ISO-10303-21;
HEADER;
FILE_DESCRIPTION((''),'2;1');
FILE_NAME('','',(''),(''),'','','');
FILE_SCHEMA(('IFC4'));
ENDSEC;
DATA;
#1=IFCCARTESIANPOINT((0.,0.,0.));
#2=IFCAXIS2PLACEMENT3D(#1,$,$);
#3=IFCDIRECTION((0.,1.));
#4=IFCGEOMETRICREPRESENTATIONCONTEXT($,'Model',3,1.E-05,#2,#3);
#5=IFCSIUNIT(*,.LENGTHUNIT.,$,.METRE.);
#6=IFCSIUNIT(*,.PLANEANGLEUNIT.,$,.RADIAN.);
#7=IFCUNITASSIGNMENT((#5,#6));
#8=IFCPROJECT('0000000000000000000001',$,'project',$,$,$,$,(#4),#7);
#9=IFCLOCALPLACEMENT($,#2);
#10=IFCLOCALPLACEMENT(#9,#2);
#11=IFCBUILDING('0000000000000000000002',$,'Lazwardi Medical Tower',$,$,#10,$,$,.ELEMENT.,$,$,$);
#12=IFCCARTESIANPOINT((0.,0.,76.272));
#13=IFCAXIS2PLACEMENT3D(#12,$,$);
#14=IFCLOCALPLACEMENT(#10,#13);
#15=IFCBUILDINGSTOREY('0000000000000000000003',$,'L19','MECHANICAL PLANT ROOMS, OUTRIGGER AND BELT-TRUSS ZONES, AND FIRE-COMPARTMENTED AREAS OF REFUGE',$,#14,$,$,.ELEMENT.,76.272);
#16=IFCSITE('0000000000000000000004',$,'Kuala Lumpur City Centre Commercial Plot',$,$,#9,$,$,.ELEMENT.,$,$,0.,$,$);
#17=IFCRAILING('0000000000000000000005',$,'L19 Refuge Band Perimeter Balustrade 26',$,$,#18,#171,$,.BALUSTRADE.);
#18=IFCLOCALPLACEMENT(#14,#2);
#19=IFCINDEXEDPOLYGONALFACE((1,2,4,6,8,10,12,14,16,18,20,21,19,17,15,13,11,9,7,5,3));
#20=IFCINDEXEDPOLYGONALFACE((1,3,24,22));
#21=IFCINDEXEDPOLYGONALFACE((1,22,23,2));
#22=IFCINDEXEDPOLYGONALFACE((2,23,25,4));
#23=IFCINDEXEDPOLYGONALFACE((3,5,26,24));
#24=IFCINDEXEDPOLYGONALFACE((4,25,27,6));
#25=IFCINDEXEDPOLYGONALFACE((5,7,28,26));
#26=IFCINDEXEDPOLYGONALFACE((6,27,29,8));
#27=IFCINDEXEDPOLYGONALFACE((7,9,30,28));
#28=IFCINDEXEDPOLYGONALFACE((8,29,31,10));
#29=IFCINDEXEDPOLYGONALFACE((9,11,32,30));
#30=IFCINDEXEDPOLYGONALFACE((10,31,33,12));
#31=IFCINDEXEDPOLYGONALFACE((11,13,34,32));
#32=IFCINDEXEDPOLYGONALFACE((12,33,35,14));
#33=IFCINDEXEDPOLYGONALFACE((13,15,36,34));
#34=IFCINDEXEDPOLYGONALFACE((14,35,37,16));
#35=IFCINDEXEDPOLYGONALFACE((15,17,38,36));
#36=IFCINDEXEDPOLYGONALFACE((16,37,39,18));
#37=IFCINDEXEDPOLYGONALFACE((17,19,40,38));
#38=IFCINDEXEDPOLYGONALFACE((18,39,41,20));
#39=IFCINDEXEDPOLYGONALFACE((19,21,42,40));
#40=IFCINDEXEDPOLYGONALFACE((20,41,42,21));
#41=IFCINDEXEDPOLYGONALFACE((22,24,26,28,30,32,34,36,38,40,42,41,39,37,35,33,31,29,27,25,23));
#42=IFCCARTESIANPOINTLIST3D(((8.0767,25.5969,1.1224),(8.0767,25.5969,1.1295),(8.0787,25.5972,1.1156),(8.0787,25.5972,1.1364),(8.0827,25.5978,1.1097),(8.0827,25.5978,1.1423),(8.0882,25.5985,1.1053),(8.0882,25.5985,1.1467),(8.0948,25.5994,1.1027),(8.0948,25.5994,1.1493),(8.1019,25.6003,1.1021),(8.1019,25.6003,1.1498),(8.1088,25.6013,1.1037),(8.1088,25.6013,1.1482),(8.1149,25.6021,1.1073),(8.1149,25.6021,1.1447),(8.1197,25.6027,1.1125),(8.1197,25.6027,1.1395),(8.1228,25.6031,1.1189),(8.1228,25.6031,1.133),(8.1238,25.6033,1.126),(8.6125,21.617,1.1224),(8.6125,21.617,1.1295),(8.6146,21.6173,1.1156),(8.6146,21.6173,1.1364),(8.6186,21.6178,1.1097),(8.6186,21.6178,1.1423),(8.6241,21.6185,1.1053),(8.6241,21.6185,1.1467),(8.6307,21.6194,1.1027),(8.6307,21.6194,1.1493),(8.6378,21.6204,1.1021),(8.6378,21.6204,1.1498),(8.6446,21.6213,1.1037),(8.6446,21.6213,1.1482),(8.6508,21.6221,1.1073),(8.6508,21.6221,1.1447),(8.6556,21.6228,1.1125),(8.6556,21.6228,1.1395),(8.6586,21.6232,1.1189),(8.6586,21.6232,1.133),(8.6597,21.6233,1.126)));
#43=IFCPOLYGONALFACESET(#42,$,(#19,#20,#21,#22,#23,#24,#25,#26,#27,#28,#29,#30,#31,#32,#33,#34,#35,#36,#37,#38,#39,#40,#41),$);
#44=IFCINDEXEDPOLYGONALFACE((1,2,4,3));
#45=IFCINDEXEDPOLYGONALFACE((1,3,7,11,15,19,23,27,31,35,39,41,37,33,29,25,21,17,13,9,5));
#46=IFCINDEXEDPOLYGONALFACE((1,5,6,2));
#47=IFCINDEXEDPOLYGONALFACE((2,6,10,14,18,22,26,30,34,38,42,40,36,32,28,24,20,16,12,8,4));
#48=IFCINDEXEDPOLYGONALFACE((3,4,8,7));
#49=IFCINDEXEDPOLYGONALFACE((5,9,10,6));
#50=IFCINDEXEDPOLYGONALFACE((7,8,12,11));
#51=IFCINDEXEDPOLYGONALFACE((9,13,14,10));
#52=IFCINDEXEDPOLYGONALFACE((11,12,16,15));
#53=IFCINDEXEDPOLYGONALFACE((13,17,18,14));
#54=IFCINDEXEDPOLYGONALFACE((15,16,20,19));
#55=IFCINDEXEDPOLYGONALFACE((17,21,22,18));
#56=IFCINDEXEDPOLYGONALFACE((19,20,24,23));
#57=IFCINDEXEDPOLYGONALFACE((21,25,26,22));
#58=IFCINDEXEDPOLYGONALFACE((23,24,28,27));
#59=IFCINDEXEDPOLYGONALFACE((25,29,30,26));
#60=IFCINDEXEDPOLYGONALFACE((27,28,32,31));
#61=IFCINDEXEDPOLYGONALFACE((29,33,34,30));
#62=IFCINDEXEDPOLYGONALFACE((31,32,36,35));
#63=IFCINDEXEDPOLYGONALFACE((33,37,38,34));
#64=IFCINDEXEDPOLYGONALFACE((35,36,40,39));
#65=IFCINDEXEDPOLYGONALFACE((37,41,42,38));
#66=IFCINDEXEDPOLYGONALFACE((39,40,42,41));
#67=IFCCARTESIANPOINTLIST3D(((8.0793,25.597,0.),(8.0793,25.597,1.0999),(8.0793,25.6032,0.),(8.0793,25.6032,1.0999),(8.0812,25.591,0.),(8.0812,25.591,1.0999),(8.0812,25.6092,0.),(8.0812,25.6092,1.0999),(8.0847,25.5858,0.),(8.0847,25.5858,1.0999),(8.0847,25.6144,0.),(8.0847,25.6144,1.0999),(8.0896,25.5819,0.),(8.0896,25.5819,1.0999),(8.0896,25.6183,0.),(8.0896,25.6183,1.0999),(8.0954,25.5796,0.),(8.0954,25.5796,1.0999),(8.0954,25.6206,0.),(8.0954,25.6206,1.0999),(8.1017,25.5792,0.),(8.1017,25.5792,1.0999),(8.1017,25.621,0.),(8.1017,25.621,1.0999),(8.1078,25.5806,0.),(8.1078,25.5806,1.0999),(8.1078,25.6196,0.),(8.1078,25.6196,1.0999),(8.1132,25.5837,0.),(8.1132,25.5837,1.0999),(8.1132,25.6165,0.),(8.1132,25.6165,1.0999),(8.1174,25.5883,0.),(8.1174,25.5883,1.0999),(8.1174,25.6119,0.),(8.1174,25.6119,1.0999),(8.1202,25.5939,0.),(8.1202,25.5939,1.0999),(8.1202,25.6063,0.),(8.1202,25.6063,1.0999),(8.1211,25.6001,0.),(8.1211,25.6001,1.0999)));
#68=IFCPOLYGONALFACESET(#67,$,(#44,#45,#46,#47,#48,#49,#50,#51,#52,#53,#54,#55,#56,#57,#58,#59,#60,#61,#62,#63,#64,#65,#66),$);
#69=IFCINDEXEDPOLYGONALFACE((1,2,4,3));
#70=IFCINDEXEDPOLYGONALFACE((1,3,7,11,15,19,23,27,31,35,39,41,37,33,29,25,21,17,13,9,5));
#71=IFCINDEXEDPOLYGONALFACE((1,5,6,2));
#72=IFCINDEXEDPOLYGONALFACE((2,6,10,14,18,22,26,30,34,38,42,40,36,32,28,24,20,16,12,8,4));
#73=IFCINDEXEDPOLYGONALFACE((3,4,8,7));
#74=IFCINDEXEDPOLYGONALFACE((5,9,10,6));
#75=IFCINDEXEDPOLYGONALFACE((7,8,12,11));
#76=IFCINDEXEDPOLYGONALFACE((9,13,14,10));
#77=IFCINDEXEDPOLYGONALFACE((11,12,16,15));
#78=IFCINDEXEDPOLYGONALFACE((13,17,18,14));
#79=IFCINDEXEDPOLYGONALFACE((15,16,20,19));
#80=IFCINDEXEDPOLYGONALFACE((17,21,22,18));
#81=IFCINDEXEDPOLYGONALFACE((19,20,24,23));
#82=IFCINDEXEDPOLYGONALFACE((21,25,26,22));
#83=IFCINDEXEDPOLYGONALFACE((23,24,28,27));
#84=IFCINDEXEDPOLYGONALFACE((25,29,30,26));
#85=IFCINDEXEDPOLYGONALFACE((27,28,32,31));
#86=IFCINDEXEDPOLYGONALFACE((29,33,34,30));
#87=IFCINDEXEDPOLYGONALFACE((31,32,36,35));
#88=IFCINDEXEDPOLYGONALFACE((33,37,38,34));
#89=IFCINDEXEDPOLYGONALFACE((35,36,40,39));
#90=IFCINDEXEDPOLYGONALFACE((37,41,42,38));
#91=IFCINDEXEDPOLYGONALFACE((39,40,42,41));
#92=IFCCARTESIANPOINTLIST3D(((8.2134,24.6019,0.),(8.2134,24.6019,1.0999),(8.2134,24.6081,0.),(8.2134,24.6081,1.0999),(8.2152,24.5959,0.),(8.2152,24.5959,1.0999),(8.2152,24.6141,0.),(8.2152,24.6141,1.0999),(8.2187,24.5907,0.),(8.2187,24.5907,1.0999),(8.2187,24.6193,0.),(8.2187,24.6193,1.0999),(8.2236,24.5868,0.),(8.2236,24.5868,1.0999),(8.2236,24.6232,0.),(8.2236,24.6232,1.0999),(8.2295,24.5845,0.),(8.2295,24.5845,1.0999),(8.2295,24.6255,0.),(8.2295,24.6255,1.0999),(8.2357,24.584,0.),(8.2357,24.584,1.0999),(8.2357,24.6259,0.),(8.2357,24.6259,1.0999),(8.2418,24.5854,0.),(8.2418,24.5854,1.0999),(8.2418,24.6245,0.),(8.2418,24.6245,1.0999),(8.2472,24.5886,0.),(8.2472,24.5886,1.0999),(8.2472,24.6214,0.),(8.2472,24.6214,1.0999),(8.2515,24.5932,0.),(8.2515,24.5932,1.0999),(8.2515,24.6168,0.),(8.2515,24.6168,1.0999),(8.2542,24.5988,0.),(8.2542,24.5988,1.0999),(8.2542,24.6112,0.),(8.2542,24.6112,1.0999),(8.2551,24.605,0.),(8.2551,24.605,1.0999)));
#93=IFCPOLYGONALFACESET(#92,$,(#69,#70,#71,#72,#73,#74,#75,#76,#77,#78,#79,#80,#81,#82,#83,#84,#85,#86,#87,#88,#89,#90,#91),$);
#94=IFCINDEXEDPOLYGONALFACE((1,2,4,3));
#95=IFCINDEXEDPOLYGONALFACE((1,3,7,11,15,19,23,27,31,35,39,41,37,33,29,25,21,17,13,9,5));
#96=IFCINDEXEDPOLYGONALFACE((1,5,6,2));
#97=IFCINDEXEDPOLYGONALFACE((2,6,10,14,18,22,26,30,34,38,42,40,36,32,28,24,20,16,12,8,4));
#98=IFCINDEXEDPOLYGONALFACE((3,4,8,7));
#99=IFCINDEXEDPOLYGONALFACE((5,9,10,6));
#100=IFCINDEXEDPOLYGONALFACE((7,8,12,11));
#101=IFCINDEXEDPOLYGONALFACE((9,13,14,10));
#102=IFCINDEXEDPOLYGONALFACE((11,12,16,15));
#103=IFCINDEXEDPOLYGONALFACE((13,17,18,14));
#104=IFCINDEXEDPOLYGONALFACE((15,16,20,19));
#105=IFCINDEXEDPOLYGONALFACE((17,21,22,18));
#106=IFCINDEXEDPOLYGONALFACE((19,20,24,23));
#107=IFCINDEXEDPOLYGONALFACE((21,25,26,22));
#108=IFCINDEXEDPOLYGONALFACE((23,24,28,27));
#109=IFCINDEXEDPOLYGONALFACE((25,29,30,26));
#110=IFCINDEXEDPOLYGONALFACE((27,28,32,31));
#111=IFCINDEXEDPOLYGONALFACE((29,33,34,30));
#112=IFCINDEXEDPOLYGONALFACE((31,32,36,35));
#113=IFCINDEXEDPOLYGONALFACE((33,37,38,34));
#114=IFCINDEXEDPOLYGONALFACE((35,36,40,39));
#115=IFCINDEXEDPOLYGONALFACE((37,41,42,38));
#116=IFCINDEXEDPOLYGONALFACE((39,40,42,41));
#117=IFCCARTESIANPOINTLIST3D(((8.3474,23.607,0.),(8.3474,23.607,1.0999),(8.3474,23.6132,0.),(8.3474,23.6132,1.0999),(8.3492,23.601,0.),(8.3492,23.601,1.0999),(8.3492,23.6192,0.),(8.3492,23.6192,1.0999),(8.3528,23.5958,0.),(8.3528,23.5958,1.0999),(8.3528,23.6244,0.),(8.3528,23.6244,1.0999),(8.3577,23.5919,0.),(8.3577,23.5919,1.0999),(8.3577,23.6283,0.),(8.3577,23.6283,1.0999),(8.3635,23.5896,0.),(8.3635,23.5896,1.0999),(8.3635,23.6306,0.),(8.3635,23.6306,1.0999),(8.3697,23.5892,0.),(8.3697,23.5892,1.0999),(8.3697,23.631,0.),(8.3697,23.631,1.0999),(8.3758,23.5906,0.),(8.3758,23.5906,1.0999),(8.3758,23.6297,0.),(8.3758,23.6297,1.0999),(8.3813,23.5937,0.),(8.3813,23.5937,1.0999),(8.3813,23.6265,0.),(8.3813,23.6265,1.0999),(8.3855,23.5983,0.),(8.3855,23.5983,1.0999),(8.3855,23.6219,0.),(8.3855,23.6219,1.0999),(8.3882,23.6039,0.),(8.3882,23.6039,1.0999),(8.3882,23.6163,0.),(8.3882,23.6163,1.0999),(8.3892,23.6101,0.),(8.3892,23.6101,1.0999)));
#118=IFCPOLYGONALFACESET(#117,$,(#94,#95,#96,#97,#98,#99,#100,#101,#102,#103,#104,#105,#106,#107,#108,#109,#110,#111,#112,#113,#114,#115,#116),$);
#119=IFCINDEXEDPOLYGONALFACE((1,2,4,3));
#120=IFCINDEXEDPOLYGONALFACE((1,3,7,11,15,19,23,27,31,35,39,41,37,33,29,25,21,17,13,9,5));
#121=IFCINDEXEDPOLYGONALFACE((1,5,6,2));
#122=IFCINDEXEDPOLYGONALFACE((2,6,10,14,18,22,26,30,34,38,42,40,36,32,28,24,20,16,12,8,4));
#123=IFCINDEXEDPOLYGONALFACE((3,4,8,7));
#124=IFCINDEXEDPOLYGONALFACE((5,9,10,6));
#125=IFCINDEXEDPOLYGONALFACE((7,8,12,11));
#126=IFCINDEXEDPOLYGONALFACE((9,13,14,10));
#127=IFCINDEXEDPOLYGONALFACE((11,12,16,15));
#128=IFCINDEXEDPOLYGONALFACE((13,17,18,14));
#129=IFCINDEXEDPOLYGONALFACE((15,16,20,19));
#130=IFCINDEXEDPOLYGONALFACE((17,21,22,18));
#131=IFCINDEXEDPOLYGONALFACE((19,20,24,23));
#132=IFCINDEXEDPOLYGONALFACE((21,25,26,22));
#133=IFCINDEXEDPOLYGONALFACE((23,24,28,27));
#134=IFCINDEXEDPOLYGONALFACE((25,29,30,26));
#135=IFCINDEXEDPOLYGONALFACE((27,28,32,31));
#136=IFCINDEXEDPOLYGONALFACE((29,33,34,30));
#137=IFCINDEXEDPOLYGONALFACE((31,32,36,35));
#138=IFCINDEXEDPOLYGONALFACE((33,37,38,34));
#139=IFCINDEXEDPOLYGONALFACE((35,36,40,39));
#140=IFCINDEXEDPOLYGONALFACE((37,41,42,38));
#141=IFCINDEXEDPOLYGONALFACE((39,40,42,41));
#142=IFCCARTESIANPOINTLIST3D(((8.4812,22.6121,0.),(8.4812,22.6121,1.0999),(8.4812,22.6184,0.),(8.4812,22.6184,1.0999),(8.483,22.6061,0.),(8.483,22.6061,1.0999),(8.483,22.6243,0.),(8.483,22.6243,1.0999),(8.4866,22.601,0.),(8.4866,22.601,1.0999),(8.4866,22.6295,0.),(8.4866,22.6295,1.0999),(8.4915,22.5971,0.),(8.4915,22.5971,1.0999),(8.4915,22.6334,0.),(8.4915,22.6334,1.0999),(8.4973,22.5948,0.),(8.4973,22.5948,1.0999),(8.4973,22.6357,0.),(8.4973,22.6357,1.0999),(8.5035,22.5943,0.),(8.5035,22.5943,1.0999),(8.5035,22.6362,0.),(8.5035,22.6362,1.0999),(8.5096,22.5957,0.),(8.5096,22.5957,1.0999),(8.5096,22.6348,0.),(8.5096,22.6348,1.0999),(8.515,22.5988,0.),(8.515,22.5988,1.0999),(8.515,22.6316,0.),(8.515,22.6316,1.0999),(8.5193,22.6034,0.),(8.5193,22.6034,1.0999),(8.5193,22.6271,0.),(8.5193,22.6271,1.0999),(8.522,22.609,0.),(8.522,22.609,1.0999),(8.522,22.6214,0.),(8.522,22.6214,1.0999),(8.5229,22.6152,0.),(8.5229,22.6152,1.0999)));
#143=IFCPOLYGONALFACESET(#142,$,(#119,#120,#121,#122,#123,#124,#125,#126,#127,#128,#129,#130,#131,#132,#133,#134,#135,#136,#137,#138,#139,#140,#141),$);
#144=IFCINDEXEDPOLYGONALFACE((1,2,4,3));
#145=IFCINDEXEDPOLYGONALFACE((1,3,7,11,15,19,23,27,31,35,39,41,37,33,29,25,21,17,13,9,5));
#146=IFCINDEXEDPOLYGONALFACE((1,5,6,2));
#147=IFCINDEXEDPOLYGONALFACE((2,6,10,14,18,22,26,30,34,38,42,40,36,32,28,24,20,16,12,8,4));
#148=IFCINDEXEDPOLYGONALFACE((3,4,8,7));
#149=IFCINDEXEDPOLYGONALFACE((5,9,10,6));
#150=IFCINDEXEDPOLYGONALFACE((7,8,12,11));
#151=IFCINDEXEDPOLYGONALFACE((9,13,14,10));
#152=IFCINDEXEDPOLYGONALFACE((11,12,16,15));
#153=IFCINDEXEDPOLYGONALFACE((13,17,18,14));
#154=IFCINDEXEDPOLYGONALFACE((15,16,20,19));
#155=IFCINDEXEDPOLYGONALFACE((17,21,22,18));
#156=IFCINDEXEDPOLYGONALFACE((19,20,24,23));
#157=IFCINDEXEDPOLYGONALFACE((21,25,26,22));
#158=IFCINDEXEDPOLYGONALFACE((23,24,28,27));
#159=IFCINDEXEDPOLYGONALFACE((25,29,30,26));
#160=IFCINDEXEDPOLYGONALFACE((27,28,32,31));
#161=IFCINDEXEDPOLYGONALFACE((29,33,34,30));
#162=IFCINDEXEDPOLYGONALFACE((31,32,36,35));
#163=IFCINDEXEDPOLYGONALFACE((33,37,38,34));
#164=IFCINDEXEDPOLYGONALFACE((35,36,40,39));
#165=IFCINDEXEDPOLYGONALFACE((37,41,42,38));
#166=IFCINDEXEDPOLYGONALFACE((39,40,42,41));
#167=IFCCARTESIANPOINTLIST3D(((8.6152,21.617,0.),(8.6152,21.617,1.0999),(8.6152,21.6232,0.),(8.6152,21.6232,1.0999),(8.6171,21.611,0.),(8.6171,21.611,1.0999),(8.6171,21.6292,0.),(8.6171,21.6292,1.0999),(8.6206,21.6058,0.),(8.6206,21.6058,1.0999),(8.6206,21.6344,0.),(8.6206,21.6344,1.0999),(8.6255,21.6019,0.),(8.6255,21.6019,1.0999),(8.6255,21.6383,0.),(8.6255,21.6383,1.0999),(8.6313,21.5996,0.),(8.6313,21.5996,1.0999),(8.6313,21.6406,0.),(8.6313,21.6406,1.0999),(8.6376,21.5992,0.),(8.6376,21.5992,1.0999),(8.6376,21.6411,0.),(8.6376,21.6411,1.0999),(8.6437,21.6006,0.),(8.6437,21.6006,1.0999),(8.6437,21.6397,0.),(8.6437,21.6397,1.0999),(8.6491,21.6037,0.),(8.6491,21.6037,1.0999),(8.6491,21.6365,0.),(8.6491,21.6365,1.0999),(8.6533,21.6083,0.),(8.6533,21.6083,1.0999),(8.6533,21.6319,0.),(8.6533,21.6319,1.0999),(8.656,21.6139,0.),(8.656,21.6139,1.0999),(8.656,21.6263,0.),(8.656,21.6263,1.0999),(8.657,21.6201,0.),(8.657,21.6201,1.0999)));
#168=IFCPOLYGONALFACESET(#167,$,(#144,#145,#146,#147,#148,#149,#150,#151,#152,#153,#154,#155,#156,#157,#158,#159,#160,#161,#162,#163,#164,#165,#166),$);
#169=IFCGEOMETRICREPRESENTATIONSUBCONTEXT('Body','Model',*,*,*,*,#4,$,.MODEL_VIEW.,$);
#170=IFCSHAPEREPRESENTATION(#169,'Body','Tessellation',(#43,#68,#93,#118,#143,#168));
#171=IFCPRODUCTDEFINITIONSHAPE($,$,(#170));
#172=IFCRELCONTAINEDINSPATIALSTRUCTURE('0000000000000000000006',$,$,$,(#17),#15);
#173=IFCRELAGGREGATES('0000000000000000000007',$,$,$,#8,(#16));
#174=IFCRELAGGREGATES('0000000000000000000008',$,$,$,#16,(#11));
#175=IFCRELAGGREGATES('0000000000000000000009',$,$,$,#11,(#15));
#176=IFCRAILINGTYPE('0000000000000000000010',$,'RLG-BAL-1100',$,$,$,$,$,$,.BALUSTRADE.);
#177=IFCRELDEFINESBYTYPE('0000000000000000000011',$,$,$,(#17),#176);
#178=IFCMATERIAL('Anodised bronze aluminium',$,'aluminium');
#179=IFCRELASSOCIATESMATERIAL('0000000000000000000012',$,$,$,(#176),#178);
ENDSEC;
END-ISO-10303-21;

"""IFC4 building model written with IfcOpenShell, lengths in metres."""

from ifc_helpers import new_model, si_unit, direction, frame, origin, origin_2d, place, context, subcontext, project, spatial, circle, extrude, material, type_object, element, save


model = new_model("IFC4")

# Units and contexts
model_context = context("Model", 3, precision=1e-05, world=origin(), true_north=direction((0.0, 1.0)))
body_context = subcontext(model_context, "Body", "Model", "MODEL_VIEW")
ifc_project = project(units=[si_unit("LENGTHUNIT", "METRE"), si_unit("PLANEANGLEUNIT", "RADIAN")], contexts=[model_context])

# Site, building, storey
site_placement = place(None, origin())
site = spatial("IfcSite", under=ifc_project, at=site_placement, Name="Kuala Lumpur City Centre Commercial Plot", CompositionType="ELEMENT", RefElevation=0.0)
building_placement = place(site_placement, origin())
building = spatial("IfcBuilding", under=site, at=building_placement, Name="Lazwardi Medical Tower", CompositionType="ELEMENT")
storey_placement = place(building_placement, frame((0.0, 0.0, 76.272)))
storey = spatial("IfcBuildingStorey", under=building, at=storey_placement, Name="L19", Description="MECHANICAL PLANT ROOMS, OUTRIGGER AND BELT-TRUSS ZONES, AND FIRE-COMPARTMENTED AREAS OF REFUGE", CompositionType="ELEMENT", Elevation=76.272)

# Railing
ifc_material_1 = material(Name="Anodised bronze aluminium", Category="aluminium")
railing_type = type_object("IfcRailingType", Name="RLG-BAL-1100", PredefinedType="BALUSTRADE", material=ifc_material_1)
railing_1_placement = place(storey_placement, frame((8.1001, 25.6001, 0.0)))
element("IfcRailing", 1, at=railing_1_placement, inside=storey, type_object=railing_type, Name="L19 Refuge Band Perimeter Balustrade 26", PredefinedType="BALUSTRADE", context=body_context, shape_type="SweptSolid", body=[
    extrude(circle(Radius=0.0239, at=origin_2d()), frame((0.0, 0.0, 1.126), z_axis=(0.133442, -0.991057, 0.0), x_axis=(0.991057, 0.133442, 0.0)), (0.0, 0.0, 1.0), 4.0159),
    extrude(circle(Radius=0.021, at=origin_2d()), origin(), (0.0, 0.0, 1.0), 1.0999),
    extrude(circle(Radius=0.021, at=origin_2d()), frame((0.134, -0.9951, 0.0)), (0.0, 0.0, 1.0), 1.0999),
    extrude(circle(Radius=0.021, at=origin_2d()), frame((0.2681, -1.99, 0.0)), (0.0, 0.0, 1.0), 1.0999),
    extrude(circle(Radius=0.021, at=origin_2d()), frame((0.4019, -2.9849, 0.0)), (0.0, 0.0, 1.0), 1.0999),
    extrude(circle(Radius=0.021, at=origin_2d()), frame((0.5359, -3.98, 0.0)), (0.0, 0.0, 1.0), 1.0999),
])

save(model, "model.ifc")
